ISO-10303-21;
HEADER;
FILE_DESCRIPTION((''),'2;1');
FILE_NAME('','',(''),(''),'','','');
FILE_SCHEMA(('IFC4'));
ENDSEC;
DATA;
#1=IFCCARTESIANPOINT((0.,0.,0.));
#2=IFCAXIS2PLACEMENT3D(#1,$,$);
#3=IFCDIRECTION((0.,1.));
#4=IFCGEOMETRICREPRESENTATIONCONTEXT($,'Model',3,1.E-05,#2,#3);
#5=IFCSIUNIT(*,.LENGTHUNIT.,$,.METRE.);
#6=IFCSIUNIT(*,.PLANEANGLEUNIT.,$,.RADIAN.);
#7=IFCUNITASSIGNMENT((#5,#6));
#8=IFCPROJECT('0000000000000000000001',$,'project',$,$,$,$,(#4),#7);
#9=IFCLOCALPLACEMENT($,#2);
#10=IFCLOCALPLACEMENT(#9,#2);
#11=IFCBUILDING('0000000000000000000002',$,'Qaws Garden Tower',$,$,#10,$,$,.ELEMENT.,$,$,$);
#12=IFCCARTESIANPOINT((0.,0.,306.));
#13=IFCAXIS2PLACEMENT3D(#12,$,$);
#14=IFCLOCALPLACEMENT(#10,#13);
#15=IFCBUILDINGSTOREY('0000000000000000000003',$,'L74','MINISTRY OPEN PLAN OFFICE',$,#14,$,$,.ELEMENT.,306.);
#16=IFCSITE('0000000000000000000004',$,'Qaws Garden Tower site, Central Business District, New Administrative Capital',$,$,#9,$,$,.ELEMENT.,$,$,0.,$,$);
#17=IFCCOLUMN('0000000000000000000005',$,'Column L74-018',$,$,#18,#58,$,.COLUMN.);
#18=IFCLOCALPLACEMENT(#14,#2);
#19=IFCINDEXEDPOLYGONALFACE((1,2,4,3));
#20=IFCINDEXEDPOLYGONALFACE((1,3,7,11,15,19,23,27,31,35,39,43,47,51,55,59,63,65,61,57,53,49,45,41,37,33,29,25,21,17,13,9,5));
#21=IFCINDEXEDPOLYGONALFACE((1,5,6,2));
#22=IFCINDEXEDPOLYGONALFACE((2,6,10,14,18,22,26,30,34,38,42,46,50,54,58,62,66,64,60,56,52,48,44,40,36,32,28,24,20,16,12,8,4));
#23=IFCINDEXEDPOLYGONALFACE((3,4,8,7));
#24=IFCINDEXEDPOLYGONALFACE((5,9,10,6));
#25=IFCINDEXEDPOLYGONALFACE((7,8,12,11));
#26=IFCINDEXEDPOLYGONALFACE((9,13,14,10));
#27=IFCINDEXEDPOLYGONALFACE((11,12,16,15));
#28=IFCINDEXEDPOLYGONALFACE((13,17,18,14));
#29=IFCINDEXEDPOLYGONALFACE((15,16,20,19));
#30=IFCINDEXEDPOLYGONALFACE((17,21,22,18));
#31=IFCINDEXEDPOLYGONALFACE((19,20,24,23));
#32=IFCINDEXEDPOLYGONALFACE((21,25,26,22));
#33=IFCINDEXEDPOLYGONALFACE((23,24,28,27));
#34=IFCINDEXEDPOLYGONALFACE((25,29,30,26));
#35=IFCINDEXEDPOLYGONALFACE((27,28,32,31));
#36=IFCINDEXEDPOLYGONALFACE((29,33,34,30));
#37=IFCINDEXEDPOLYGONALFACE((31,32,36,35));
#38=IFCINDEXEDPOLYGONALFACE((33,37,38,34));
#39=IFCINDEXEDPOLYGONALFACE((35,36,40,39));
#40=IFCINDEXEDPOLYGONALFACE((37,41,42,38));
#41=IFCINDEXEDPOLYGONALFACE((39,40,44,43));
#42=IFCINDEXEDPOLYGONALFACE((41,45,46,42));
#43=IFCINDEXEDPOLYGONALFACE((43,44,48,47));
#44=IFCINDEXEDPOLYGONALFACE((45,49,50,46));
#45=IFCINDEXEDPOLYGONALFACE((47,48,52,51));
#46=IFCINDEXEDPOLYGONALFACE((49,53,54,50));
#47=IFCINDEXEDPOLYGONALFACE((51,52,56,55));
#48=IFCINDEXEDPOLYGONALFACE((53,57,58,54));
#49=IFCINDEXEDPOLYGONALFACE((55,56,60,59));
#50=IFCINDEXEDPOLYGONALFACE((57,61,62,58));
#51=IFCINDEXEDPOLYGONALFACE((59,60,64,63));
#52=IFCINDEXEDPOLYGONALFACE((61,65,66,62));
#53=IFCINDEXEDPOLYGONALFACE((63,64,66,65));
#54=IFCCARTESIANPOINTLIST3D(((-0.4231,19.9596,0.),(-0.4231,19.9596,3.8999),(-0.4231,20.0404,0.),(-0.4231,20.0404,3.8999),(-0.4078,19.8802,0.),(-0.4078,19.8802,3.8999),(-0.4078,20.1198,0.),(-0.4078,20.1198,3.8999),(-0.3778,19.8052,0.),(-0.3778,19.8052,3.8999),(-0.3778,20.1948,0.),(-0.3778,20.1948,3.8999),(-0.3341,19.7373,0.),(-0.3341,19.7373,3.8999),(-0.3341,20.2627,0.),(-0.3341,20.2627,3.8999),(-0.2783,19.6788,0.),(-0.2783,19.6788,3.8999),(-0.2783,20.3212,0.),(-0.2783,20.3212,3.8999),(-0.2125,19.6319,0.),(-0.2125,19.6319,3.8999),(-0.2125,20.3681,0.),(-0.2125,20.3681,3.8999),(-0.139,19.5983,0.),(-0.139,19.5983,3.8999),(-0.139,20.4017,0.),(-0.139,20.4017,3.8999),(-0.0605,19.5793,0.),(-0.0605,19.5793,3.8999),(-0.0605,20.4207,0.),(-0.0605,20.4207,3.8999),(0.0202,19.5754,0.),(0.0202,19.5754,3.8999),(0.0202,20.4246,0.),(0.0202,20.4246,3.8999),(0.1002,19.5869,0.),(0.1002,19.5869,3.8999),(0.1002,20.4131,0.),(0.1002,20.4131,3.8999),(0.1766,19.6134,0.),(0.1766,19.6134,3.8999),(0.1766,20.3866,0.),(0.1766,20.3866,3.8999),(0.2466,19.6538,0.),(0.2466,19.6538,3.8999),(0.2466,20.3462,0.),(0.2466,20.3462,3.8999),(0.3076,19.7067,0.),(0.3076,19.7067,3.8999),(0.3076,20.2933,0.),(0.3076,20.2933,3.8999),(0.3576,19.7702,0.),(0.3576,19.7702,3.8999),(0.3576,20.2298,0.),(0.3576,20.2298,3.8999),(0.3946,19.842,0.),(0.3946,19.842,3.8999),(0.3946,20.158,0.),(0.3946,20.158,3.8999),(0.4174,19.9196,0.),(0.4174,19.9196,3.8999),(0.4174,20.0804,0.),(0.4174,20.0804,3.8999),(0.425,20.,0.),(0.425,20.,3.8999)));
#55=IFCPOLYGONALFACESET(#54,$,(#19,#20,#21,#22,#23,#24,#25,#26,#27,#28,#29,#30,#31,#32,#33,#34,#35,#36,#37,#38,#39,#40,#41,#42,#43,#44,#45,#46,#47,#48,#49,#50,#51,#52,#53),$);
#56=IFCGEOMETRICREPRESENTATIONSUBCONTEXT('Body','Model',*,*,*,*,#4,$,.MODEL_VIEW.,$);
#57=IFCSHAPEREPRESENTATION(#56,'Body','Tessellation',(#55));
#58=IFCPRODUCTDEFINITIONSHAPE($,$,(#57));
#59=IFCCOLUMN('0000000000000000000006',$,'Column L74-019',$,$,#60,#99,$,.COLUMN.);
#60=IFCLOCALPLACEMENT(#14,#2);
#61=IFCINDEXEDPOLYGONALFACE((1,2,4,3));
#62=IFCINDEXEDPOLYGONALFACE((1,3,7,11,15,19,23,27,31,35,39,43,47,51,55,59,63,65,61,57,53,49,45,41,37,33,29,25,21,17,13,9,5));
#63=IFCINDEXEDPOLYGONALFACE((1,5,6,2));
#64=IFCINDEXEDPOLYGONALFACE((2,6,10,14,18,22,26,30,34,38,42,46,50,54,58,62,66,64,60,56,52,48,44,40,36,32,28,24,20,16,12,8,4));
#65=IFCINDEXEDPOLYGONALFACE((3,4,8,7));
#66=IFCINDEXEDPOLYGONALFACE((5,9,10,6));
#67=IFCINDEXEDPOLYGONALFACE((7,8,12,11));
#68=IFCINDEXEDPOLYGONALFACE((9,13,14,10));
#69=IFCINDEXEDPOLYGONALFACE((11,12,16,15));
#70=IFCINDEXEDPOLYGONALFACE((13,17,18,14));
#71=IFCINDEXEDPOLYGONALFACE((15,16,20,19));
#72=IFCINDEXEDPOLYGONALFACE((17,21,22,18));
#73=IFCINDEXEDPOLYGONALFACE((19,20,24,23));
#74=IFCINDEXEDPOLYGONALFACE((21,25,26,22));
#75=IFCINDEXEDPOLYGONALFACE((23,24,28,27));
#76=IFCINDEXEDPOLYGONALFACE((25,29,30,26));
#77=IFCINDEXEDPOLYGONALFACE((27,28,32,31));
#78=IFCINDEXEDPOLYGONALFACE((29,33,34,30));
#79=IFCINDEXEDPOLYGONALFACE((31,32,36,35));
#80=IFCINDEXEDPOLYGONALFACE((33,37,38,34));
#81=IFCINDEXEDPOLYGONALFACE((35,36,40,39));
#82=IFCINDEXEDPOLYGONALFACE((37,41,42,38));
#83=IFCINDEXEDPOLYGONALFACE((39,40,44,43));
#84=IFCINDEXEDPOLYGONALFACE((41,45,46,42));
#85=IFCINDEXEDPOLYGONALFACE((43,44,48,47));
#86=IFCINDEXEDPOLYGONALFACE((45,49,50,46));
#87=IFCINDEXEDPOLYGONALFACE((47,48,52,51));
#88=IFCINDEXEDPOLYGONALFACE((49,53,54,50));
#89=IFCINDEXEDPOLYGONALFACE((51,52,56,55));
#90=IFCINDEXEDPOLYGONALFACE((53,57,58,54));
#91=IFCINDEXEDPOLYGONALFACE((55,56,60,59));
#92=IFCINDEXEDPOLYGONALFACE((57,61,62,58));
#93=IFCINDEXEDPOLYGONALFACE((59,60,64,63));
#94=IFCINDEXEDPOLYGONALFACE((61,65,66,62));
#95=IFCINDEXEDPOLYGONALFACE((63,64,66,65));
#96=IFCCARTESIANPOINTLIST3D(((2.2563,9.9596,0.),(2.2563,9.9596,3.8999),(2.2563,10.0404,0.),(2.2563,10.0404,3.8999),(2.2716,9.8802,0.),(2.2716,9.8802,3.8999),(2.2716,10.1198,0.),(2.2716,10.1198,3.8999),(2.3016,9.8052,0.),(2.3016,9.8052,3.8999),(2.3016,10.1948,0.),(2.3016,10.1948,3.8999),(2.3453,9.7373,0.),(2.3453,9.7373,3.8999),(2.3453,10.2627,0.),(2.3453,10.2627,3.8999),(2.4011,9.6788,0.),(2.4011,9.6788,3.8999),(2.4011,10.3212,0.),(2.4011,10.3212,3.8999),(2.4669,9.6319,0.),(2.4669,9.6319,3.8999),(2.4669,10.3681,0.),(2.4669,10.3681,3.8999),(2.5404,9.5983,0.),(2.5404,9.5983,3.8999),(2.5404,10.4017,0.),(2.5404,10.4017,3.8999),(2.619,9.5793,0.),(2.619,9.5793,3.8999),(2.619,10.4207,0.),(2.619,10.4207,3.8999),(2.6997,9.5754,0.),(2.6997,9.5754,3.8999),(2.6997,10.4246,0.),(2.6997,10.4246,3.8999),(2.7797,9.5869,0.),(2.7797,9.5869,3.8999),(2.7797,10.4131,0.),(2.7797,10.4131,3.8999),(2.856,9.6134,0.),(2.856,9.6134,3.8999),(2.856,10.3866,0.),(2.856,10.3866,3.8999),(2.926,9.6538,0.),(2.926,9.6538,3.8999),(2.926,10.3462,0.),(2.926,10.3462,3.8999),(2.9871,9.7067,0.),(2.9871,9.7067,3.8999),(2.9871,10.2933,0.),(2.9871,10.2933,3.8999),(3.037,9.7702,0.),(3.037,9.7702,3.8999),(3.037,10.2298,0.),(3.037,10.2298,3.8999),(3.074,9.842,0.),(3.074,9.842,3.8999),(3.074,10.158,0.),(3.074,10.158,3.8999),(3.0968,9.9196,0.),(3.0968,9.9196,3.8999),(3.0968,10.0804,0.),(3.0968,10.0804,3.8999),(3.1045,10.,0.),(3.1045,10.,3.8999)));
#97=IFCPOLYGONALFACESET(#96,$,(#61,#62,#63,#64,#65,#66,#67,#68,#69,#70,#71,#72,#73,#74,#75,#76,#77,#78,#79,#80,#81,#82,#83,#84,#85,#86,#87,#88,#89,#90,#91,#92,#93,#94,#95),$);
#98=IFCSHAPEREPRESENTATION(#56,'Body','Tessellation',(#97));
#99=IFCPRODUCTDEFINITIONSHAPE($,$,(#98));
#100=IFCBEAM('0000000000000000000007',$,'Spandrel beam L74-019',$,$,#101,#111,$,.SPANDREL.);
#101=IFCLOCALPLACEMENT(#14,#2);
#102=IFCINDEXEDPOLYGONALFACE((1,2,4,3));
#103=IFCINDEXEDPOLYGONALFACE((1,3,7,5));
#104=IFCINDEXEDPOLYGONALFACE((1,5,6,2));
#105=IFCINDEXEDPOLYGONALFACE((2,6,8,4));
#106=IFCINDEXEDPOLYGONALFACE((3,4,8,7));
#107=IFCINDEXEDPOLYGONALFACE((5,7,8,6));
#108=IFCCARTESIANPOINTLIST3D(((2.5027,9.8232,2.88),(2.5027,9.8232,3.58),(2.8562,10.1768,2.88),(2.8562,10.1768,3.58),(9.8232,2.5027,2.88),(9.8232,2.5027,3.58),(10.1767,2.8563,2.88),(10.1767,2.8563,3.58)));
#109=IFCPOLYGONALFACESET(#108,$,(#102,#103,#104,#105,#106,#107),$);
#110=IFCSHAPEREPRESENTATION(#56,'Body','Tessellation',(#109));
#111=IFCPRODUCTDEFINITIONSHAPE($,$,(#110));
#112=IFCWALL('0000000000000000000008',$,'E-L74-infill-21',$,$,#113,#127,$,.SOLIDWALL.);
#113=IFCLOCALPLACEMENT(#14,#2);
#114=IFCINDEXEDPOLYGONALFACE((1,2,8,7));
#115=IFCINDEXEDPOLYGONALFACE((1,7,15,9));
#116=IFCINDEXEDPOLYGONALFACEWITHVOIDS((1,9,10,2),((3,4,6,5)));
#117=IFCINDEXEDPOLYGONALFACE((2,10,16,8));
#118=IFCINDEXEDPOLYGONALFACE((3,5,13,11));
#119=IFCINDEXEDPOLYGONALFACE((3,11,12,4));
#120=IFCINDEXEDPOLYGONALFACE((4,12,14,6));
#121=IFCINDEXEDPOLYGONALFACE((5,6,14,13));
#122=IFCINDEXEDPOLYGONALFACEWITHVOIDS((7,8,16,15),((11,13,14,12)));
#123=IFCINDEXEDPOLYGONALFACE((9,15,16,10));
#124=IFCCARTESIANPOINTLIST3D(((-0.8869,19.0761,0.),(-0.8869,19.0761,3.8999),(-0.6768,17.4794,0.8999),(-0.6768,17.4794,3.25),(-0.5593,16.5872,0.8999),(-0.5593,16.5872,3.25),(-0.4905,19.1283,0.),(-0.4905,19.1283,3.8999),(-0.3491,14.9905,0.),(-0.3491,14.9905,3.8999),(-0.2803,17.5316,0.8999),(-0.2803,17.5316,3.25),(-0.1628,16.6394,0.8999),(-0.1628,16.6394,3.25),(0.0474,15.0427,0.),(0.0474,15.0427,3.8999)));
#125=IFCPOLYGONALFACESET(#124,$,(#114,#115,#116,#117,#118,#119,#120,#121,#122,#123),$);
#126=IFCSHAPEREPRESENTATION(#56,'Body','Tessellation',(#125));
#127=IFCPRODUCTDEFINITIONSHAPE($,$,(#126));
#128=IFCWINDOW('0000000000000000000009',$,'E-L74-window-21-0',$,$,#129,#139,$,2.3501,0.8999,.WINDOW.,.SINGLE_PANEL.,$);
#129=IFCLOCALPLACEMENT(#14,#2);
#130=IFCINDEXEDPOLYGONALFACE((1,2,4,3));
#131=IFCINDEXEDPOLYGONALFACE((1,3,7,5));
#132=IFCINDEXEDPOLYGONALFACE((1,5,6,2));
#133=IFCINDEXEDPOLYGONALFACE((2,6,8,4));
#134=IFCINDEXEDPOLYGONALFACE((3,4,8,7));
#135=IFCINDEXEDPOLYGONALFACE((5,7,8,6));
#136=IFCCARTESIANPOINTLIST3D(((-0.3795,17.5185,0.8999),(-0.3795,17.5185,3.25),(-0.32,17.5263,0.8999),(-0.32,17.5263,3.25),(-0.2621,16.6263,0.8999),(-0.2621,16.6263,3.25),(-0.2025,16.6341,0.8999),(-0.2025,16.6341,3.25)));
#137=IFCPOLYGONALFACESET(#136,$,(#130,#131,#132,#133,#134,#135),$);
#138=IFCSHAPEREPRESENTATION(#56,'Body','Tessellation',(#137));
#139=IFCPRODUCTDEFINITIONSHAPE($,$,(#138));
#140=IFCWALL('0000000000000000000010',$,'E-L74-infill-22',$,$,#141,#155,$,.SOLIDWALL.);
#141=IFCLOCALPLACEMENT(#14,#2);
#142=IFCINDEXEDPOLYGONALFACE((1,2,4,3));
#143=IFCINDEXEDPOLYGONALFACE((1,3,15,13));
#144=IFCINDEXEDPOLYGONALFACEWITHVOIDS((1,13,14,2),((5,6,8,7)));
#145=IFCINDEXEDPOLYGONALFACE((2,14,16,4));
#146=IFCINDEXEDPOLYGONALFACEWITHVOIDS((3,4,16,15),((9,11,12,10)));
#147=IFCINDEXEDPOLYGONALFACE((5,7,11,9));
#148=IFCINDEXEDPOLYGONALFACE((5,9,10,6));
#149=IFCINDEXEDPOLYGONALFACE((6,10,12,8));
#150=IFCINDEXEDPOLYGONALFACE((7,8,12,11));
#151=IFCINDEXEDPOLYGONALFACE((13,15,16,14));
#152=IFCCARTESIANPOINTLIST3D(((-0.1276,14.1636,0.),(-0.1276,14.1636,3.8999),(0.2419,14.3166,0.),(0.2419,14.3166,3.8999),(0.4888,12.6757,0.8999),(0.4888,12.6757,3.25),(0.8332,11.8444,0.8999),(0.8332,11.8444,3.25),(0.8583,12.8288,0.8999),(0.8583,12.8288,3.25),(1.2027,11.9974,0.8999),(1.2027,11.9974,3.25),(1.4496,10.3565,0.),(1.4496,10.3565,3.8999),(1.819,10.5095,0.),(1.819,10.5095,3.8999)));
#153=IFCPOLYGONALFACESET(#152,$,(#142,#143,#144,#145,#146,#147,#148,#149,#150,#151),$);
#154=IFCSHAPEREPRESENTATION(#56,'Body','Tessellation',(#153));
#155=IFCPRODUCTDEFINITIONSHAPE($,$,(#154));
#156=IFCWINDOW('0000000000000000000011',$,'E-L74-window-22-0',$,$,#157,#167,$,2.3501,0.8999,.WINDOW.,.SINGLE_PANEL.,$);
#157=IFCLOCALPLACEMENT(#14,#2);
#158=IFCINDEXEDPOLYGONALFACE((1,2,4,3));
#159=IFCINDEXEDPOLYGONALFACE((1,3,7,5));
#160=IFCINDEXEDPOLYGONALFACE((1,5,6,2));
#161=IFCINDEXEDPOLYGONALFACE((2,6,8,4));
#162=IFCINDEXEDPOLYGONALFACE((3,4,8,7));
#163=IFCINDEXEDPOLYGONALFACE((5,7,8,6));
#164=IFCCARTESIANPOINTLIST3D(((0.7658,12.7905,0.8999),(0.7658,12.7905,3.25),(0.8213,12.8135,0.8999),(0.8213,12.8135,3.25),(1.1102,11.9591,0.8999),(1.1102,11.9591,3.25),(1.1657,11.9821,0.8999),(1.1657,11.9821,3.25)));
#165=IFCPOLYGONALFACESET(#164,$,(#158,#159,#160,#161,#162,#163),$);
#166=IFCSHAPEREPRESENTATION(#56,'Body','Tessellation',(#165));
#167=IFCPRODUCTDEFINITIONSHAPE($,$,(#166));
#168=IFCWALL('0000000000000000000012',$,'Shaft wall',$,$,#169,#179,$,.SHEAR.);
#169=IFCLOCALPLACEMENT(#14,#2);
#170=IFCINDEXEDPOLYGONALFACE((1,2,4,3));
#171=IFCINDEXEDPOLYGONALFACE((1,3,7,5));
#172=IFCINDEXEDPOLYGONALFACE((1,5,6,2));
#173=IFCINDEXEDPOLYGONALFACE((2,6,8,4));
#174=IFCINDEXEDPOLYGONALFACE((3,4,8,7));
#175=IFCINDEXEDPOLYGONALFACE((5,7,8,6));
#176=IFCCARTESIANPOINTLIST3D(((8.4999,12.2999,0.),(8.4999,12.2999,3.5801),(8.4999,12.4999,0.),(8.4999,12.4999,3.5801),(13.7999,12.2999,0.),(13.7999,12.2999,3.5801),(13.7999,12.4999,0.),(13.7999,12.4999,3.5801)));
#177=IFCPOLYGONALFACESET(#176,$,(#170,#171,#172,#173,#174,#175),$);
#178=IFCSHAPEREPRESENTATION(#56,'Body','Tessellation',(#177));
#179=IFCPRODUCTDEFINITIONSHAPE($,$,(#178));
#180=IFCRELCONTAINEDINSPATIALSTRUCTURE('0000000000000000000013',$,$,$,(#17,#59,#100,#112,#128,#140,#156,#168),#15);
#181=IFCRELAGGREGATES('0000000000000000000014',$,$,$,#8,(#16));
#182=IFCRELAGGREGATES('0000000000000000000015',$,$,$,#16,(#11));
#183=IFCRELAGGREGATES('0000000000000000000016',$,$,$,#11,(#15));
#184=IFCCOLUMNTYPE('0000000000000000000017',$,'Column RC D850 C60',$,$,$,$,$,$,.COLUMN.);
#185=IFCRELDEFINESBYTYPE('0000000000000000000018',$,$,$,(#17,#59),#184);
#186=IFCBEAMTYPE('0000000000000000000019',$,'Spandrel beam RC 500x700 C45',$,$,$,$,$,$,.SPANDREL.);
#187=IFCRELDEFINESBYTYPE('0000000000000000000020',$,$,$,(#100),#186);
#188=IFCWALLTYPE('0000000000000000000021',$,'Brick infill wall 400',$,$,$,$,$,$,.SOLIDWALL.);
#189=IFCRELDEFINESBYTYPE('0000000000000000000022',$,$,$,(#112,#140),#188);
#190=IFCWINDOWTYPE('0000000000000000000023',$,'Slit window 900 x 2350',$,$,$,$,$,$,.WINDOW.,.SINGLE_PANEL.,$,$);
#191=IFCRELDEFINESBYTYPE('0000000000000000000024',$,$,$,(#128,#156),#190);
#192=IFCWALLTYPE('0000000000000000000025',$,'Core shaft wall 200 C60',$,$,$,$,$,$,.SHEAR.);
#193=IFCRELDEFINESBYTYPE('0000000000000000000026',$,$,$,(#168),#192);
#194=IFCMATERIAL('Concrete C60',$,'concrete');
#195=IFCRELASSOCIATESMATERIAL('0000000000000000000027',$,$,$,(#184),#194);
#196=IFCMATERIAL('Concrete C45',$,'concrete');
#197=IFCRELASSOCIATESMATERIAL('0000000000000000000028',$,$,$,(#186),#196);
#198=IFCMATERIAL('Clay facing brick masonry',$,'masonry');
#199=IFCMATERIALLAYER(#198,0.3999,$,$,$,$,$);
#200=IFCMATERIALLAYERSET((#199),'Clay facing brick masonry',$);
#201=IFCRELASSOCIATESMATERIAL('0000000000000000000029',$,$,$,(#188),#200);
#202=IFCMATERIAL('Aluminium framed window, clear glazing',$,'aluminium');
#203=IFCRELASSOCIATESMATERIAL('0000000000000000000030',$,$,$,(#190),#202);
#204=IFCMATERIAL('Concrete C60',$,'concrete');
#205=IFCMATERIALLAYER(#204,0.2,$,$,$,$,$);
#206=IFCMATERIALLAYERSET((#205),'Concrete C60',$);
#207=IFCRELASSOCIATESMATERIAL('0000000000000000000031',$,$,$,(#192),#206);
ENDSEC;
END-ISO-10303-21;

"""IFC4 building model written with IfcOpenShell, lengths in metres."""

from ifc_helpers import new_model, si_unit, direction, frame, frame_2d, origin, origin_2d, place, context, subcontext, project, spatial, rectangle, circle, extrude, material, layer, layer_set, material_profile, profile_set, type_object, element, fill, save


model = new_model("IFC4")

# Units and contexts
model_context = context("Model", 3, precision=1e-05, world=origin(), true_north=direction((0.0, 1.0)))
body_context = subcontext(model_context, "Body", "Model", "MODEL_VIEW")
ifc_project = project(units=[si_unit("LENGTHUNIT", "METRE"), si_unit("PLANEANGLEUNIT", "RADIAN")], contexts=[model_context])

# Site, building, storey
site_placement = place(None, origin())
site = spatial("IfcSite", under=ifc_project, at=site_placement, Name="Qaws Garden Tower site, Central Business District, New Administrative Capital", CompositionType="ELEMENT", RefElevation=0.0)
building_placement = place(site_placement, origin())
building = spatial("IfcBuilding", under=site, at=building_placement, Name="Qaws Garden Tower", CompositionType="ELEMENT")
storey_placement = place(building_placement, frame((0.0, 0.0, 306.0)))
storey = spatial("IfcBuildingStorey", under=building, at=storey_placement, Name="L74", Description="MINISTRY OPEN PLAN OFFICE", CompositionType="ELEMENT", Elevation=306.0)

# Columns
ifc_material_1 = material(Name="Concrete C60", Category="concrete")
ifc_material_profile_1 = material_profile(ifc_material_1, circle(Radius=0.425, at=origin_2d()), Name="RC D850")
ifc_profile_set_1 = profile_set([ifc_material_profile_1], Name="Concrete C60")
column_type = type_object("IfcColumnType", Name="Column RC D850 C60", PredefinedType="COLUMN", material=ifc_profile_set_1)
for number, where, z_axis, x_axis, name in (
    (1, (0.0, 20.0, 0.0), (0.0, 0.0, 1.0), (1.0, 0.0, 0.0), "Column L74-018"),
    (2, (2.6794, 10.0, 0.0), (0.0, 0.0, 1.0), (1.0, 0.0, 0.0), "Column L74-019"),
):
    element("IfcColumn", number, at=place(storey_placement, frame(where, z_axis=z_axis, x_axis=x_axis)), inside=storey, type_object=column_type, Name=name, PredefinedType="COLUMN", context=body_context, shape_type="SweptSolid", body=[
        extrude(circle(Radius=0.425, at=origin_2d()), origin(), (0.0, 0.0, 1.0), 3.8999),
    ])

# Beam
ifc_material_2 = material(Name="Concrete C45", Category="concrete")
ifc_material_profile_2 = material_profile(ifc_material_2, rectangle(XDim=0.5, YDim=0.7, at=origin_2d()), Name="RC 500x700")
ifc_profile_set_2 = profile_set([ifc_material_profile_2], Name="Concrete C45")
beam_type = type_object("IfcBeamType", Name="Spandrel beam RC 500x700 C45", PredefinedType="SPANDREL", material=ifc_profile_set_2)
beam_placement = place(storey_placement, frame((2.6794, 10.0, 3.23), z_axis=(0.707107, -0.707107, 0.0), x_axis=(0.707107, 0.707107, 0.0)))
element("IfcBeam", 3, at=beam_placement, inside=storey, type_object=beam_type, Name="Spandrel beam L74-019", PredefinedType="SPANDREL", context=body_context, shape_type="SweptSolid", body=[
    extrude(rectangle(XDim=0.5, YDim=0.7, at=origin_2d()), origin(), (0.0, 0.0, 1.0), 10.3528),
])

# Walls, openings, windows
ifc_material_3 = material(Name="Clay facing brick masonry", Category="masonry")
ifc_layer_1 = layer(ifc_material_3, 0.3999)
ifc_layer_set_1 = layer_set([ifc_layer_1], Name="Clay facing brick masonry")
wall_type_1 = type_object("IfcWallType", Name="Brick infill wall 400", PredefinedType="SOLIDWALL", material=ifc_layer_set_1)
wall_1_placement = place(storey_placement, frame((-0.6887, 19.1023, 0.0), z_axis=(0.0, 0.0, 1.0), x_axis=(0.130514, -0.991446, 0.0)))
wall_1 = element("IfcWall", 4, at=wall_1_placement, inside=storey, type_object=wall_type_1, Name="E-L74-infill-21", PredefinedType="SOLIDWALL", context=body_context, shape_type="SweptSolid", body=[
    extrude(rectangle(XDim=4.1208, YDim=0.3999, at=frame_2d((2.0605, 0.0))), origin(), (0.0, 0.0, 1.0), 3.8999),
])
opening_1_placement = place(wall_1_placement, frame((1.6106, 0.0, 0.8999)))
opening_1 = element("IfcOpeningElement", 5, at=opening_1_placement, cuts=wall_1, PredefinedType="OPENING", context=body_context, shape_type="SweptSolid", body=[
    extrude(rectangle(XDim=0.8999, YDim=2.3501, at=frame_2d((0.45, 1.175))), frame((0.0, 0.21, 0.0), z_axis=(0.0, -1.0, 0.0), x_axis=(1.0, 0.0, 0.0)), (0.0, 0.0, 1.0), 0.4199),
])
ifc_material_4 = material(Name="Aluminium framed window, clear glazing", Category="aluminium")
window_type = type_object("IfcWindowType", Name="Slit window 900 x 2350", PartitioningType="SINGLE_PANEL", PredefinedType="WINDOW", material=ifc_material_4)
window_1_placement = place(opening_1_placement, origin())
window_1 = element("IfcWindow", 6, at=window_1_placement, inside=storey, type_object=window_type, Name="E-L74-window-21-0", OverallHeight=2.3501, OverallWidth=0.8999, PartitioningType="SINGLE_PANEL", PredefinedType="WINDOW", context=body_context, shape_type="SweptSolid", body=[
    extrude(rectangle(XDim=0.8999, YDim=2.3501, at=frame_2d((0.45, 1.175))), frame((0.0, 0.1599, 0.0), z_axis=(0.0, -1.0, 0.0), x_axis=(1.0, 0.0, 0.0)), (0.0, 0.0, 1.0), 0.0601),
])
fill(opening_1, window_1)
wall_2_placement = place(storey_placement, frame((0.0571, 14.2402, 0.0), z_axis=(0.0, 0.0, 1.0), x_axis=(0.382722, -0.923864, 0.0)))
wall_2 = element("IfcWall", 7, at=wall_2_placement, inside=storey, type_object=wall_type_1, Name="E-L74-infill-22", PredefinedType="SOLIDWALL", context=body_context, shape_type="SweptSolid", body=[
    extrude(rectangle(XDim=4.1208, YDim=0.3999, at=frame_2d((2.0605, 0.0))), origin(), (0.0, 0.0, 1.0), 3.8999),
])
opening_2_placement = place(wall_2_placement, frame((1.6106, 0.0, 0.8999)))
opening_2 = element("IfcOpeningElement", 8, at=opening_2_placement, cuts=wall_2, PredefinedType="OPENING", context=body_context, shape_type="SweptSolid", body=[
    extrude(rectangle(XDim=0.8999, YDim=2.3501, at=frame_2d((0.45, 1.175))), frame((0.0, 0.21, 0.0), z_axis=(0.0, -1.0, 0.0), x_axis=(1.0, 0.0, 0.0)), (0.0, 0.0, 1.0), 0.4199),
])
window_2_placement = place(opening_2_placement, origin())
window_2 = element("IfcWindow", 9, at=window_2_placement, inside=storey, type_object=window_type, Name="E-L74-window-22-0", OverallHeight=2.3501, OverallWidth=0.8999, PartitioningType="SINGLE_PANEL", PredefinedType="WINDOW", context=body_context, shape_type="SweptSolid", body=[
    extrude(rectangle(XDim=0.8999, YDim=2.3501, at=frame_2d((0.45, 1.175))), frame((0.0, 0.1599, 0.0), z_axis=(0.0, -1.0, 0.0), x_axis=(1.0, 0.0, 0.0)), (0.0, 0.0, 1.0), 0.0601),
])
fill(opening_2, window_2)

# Wall
ifc_material_5 = material(Name="Concrete C60", Category="concrete")
ifc_layer_2 = layer(ifc_material_5, 0.2)
ifc_layer_set_2 = layer_set([ifc_layer_2], Name="Concrete C60")
wall_type_2 = type_object("IfcWallType", Name="Core shaft wall 200 C60", PredefinedType="SHEAR", material=ifc_layer_set_2)
wall_3_placement = place(storey_placement, frame((8.5, 12.3999, 0.0), z_axis=(0.0, 0.0, 1.0), x_axis=(1.0, 0.0, 0.0)))
element("IfcWall", 10, at=wall_3_placement, inside=storey, type_object=wall_type_2, Name="Shaft wall", PredefinedType="SHEAR", context=body_context, shape_type="SweptSolid", body=[
    extrude(rectangle(XDim=5.3, YDim=0.2, at=frame_2d((2.6499, 0.0))), origin(), (0.0, 0.0, 1.0), 3.5801),
])

save(model, "model.ifc")
